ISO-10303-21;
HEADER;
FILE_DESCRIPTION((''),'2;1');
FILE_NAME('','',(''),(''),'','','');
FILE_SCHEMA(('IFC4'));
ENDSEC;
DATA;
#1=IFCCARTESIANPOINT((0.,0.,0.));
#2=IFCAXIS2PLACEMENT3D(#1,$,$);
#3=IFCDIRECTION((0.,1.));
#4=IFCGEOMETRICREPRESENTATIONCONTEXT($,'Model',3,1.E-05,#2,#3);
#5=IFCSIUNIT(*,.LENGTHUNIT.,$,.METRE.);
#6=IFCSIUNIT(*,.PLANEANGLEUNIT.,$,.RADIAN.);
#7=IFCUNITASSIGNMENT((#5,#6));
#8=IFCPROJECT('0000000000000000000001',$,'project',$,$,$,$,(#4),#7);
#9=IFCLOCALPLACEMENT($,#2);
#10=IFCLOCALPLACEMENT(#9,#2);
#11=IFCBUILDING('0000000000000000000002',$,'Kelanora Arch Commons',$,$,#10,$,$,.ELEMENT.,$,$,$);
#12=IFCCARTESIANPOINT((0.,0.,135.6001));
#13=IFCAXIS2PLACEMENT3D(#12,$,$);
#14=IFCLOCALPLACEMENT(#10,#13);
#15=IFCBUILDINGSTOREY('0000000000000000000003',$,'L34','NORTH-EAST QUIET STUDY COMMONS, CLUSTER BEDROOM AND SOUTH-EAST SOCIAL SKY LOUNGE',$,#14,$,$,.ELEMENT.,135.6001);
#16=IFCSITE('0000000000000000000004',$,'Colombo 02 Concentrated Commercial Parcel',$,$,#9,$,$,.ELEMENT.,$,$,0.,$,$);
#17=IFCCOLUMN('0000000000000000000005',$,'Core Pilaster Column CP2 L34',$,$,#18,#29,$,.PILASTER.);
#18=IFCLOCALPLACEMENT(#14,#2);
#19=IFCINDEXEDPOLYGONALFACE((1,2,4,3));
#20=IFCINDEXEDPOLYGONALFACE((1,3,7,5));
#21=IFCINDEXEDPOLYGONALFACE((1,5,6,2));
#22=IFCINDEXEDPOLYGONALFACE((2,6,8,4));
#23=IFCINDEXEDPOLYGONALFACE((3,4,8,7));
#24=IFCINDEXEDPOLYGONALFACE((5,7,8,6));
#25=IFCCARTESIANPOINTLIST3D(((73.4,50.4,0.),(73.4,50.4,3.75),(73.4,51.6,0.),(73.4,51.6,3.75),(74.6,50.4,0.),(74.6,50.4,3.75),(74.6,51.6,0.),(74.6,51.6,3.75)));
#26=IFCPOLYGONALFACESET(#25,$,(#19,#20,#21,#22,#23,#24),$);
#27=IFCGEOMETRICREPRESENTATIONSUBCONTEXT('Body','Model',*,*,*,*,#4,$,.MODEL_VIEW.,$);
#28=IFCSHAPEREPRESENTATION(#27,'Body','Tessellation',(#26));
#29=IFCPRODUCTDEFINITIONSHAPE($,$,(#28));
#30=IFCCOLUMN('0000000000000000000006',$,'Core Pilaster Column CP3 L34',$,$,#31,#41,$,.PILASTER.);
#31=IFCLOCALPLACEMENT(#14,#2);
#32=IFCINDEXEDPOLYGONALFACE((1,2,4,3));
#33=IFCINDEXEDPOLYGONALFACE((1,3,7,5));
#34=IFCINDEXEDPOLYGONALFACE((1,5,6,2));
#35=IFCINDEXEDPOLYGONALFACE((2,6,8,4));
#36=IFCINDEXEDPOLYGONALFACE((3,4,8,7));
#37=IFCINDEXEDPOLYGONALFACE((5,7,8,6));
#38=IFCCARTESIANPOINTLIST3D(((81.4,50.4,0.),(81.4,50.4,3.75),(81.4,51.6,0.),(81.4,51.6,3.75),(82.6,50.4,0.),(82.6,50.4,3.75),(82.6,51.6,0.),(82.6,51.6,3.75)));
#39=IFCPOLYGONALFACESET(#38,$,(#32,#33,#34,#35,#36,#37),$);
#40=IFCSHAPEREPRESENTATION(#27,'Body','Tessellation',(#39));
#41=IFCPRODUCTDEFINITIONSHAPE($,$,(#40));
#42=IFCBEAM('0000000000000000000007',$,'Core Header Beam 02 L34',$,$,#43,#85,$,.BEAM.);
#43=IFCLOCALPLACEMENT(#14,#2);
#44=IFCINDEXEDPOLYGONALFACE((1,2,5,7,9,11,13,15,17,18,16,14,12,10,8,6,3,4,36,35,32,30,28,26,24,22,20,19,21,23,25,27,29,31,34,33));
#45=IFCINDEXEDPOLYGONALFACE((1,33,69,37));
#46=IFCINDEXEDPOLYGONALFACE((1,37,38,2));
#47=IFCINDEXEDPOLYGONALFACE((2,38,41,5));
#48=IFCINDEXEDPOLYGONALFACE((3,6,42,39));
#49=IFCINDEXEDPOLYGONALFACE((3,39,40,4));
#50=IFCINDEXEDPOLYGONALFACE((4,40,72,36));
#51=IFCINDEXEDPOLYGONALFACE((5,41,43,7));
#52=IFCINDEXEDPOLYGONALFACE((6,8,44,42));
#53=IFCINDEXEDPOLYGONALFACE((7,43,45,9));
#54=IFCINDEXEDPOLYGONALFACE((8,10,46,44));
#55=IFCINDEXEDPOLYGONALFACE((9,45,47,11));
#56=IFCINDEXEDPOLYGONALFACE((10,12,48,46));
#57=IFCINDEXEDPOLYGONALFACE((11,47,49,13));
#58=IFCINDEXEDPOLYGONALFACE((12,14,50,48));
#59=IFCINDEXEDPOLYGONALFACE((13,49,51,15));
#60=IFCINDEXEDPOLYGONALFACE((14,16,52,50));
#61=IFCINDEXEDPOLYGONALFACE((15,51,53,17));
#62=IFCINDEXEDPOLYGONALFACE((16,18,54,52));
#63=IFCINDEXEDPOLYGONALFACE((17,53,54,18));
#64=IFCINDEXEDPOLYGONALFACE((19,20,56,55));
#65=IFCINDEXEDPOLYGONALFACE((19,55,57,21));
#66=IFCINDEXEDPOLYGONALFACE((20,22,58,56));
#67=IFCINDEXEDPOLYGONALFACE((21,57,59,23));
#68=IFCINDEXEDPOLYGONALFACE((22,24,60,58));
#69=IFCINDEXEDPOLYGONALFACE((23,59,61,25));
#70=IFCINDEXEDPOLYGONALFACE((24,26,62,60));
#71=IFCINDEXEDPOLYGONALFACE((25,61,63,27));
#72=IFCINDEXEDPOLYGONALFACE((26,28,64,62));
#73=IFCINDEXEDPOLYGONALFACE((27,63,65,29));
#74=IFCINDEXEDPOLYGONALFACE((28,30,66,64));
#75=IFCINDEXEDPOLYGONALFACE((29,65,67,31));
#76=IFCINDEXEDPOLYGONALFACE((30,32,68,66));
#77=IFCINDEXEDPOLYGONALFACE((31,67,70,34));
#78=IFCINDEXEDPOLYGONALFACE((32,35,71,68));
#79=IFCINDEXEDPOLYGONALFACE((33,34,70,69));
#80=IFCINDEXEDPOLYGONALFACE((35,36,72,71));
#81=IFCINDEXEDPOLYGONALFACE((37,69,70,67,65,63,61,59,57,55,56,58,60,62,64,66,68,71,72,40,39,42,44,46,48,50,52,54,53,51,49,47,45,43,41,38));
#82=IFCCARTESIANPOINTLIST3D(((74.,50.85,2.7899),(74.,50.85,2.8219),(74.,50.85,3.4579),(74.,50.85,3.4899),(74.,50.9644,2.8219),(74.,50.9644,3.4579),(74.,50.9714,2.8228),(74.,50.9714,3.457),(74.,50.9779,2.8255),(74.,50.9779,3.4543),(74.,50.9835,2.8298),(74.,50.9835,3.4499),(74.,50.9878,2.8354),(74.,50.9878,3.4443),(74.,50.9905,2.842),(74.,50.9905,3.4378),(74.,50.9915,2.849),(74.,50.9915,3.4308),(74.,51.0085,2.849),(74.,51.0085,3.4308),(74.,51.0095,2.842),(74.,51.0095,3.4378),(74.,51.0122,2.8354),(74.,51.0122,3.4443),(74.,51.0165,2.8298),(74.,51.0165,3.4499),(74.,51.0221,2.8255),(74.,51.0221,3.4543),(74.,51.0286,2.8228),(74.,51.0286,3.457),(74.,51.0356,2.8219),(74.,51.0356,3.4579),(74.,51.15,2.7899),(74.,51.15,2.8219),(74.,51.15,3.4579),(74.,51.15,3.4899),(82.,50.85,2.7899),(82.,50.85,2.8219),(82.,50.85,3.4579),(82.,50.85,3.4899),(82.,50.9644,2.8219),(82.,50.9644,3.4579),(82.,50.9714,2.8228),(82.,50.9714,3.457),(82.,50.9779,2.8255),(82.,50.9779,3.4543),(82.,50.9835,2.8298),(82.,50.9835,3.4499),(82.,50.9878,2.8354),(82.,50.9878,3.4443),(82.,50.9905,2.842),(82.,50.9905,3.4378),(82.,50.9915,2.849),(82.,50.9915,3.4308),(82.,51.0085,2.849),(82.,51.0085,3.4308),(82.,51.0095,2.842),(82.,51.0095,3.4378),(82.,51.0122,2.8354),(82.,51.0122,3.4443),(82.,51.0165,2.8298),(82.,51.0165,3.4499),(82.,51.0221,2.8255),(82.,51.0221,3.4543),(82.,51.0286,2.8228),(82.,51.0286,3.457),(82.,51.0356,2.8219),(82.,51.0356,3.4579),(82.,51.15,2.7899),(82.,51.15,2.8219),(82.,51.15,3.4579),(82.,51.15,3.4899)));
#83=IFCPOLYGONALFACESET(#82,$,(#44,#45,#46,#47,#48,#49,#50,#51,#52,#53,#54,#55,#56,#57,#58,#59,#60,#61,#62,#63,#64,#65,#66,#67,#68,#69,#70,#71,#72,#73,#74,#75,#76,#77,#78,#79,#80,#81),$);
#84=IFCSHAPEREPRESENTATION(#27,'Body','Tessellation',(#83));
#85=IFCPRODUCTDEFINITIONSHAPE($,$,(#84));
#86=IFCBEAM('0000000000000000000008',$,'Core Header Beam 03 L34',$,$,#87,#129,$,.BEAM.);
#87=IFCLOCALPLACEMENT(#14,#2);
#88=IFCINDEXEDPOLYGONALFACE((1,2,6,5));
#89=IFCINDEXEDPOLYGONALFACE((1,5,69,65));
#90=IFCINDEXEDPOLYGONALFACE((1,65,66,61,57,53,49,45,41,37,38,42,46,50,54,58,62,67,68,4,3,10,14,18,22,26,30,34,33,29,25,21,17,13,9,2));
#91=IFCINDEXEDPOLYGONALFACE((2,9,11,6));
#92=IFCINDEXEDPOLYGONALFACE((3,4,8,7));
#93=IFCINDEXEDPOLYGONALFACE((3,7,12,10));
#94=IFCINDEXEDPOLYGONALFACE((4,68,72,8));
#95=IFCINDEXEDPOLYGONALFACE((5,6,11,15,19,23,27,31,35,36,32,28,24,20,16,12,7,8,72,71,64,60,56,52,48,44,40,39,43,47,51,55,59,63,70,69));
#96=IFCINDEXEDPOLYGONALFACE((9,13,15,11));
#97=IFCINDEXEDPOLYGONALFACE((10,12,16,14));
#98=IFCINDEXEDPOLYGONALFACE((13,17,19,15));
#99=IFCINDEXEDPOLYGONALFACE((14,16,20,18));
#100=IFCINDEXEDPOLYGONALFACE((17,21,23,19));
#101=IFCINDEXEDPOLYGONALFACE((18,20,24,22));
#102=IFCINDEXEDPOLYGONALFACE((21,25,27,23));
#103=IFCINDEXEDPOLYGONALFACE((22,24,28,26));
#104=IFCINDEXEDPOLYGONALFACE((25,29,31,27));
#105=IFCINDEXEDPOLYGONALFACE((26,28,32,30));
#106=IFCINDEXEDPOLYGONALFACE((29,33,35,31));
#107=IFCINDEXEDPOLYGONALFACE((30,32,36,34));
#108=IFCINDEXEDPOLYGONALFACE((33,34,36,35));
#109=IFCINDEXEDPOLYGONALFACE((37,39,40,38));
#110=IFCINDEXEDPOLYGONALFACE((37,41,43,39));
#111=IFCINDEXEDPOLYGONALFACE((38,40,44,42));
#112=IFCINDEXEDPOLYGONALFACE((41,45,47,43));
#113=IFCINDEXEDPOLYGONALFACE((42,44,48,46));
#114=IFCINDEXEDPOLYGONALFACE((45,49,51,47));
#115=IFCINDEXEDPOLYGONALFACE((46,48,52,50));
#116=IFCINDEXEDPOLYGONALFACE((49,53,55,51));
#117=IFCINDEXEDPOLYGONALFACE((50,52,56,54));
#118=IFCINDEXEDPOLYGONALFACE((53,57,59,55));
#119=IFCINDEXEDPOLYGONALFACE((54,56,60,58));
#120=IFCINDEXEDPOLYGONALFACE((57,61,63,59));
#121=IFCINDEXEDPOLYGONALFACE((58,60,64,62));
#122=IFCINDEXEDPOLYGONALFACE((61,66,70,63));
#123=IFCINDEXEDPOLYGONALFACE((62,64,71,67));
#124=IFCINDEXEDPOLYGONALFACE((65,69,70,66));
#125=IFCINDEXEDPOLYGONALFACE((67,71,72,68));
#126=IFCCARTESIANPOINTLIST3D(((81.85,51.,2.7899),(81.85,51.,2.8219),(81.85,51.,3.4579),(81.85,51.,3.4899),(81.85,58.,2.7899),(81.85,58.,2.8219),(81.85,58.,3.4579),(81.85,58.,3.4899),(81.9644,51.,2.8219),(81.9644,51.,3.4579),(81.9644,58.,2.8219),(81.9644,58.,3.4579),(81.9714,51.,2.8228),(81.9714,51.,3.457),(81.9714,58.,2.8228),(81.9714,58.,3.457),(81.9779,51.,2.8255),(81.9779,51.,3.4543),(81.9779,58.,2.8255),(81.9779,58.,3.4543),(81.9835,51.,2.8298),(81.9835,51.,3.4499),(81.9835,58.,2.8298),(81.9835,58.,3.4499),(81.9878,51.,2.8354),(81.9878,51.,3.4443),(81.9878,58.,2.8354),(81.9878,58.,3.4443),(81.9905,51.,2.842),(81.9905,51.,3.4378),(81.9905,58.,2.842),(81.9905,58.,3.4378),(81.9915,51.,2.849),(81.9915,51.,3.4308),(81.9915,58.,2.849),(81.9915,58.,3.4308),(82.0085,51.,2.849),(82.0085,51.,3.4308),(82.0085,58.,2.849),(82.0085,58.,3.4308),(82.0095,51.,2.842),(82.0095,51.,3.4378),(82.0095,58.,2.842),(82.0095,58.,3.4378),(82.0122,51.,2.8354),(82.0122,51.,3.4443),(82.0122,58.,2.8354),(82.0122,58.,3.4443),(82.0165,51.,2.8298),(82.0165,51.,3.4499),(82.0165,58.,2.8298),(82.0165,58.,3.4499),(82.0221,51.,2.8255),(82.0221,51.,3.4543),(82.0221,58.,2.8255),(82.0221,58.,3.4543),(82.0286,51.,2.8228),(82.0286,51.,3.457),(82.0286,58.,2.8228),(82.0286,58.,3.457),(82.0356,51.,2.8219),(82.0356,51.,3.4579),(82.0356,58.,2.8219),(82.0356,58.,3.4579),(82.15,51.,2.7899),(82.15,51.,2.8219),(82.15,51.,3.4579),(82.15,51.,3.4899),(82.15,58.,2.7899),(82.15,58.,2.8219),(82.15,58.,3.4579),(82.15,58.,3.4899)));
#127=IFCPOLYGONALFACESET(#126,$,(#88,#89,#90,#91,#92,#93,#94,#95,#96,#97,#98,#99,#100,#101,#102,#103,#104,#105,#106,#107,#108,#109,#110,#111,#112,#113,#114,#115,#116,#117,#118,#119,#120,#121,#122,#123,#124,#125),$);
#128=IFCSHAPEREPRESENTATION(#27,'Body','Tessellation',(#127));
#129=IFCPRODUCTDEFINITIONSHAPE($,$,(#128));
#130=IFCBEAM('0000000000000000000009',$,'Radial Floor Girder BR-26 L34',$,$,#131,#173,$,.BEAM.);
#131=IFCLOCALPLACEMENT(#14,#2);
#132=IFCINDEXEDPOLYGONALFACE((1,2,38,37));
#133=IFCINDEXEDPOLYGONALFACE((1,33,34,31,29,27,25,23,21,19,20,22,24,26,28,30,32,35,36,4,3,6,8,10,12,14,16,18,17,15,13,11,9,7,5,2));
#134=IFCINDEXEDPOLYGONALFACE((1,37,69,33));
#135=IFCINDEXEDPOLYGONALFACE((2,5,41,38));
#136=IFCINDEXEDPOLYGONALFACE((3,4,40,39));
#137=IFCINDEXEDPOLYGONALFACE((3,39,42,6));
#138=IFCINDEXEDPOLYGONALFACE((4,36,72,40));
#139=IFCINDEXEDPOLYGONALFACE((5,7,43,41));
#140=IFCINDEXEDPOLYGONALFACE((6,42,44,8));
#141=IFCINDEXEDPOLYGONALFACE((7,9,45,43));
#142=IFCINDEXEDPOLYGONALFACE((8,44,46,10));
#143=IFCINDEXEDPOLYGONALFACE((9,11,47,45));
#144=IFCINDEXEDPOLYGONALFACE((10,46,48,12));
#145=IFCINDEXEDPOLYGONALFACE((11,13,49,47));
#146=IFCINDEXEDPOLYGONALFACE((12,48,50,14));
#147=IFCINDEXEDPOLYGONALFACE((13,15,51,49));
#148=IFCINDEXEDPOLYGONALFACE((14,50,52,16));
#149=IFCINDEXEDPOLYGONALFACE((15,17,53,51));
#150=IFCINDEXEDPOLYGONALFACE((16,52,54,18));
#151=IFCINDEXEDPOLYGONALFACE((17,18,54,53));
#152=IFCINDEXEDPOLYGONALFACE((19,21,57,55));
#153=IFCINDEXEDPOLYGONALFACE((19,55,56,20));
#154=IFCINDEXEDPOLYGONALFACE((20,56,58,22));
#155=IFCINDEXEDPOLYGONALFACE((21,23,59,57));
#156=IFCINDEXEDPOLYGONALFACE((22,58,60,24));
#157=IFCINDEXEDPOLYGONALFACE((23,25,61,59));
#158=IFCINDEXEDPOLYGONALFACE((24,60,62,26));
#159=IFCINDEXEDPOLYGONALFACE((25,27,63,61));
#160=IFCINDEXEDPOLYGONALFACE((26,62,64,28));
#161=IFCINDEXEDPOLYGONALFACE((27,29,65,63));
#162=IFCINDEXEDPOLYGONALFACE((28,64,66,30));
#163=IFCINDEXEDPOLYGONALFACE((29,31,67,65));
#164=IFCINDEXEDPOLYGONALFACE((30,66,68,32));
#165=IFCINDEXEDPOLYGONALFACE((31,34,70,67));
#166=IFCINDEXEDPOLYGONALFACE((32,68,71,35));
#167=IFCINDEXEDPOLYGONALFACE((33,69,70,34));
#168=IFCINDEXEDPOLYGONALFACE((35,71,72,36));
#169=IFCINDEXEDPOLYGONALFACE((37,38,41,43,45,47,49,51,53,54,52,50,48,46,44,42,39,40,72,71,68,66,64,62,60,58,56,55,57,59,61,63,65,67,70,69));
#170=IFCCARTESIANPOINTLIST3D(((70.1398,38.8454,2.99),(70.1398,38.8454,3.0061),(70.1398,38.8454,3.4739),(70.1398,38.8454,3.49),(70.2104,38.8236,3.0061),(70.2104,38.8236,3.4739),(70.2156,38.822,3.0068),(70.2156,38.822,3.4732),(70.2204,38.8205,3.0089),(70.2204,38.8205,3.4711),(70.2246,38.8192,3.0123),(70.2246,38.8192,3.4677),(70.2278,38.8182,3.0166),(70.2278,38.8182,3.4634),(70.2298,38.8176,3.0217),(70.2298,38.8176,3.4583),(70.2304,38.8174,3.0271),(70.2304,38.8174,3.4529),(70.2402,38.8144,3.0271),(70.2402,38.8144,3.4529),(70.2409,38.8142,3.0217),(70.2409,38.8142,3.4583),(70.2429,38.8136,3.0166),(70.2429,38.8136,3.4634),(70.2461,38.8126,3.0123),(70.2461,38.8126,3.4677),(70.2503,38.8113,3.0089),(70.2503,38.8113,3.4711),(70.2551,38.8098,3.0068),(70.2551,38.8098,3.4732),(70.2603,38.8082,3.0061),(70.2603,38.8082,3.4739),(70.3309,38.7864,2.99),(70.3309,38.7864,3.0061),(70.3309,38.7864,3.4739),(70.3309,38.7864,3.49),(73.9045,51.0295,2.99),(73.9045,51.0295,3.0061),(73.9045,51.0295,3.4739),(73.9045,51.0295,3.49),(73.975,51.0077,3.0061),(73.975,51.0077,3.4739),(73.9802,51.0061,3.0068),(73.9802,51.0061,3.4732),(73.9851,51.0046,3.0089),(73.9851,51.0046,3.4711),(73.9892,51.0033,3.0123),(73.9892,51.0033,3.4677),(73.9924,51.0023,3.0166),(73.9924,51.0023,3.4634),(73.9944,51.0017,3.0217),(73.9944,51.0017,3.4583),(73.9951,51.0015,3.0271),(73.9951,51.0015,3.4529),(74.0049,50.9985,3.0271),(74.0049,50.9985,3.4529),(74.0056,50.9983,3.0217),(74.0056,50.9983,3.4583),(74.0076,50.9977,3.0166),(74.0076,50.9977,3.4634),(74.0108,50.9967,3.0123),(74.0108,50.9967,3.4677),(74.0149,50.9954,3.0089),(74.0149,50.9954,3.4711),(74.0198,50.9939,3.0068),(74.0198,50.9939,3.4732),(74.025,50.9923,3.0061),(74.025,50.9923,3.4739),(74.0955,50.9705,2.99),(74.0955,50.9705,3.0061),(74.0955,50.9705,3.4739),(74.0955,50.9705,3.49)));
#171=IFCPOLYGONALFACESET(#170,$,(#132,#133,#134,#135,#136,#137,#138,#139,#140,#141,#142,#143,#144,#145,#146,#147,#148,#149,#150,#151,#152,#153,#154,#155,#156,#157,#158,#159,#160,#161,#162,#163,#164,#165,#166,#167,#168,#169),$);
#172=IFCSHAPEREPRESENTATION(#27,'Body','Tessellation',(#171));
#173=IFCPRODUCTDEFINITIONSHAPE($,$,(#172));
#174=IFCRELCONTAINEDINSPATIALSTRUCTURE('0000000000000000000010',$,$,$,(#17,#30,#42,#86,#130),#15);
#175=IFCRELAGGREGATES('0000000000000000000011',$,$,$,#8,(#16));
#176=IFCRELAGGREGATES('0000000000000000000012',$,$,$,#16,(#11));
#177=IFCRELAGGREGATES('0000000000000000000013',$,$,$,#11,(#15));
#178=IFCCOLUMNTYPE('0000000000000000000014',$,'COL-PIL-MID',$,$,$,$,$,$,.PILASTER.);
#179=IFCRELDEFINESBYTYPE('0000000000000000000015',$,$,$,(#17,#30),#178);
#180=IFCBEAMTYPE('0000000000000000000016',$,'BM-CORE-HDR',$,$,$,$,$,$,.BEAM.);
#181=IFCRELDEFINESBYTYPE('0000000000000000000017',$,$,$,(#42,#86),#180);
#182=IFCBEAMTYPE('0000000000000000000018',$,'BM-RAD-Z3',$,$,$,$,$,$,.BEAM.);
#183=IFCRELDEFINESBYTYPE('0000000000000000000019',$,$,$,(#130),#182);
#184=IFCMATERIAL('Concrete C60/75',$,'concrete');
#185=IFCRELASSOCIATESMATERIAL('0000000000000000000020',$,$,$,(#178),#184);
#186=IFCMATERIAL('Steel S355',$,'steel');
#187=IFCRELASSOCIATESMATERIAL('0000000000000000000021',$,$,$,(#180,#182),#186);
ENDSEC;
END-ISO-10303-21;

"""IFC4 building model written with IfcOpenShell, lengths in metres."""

from ifc_helpers import new_model, si_unit, direction, frame, origin, origin_2d, place, context, subcontext, project, spatial, rectangle, i_section, extrude, material, material_profile, profile_set, type_object, element, save


model = new_model("IFC4")

# Units and contexts
model_context = context("Model", 3, precision=1e-05, world=origin(), true_north=direction((0.0, 1.0)))
body_context = subcontext(model_context, "Body", "Model", "MODEL_VIEW")
ifc_project = project(units=[si_unit("LENGTHUNIT", "METRE"), si_unit("PLANEANGLEUNIT", "RADIAN")], contexts=[model_context])

# Site, building, storey
site_placement = place(None, origin())
site = spatial("IfcSite", under=ifc_project, at=site_placement, Name="Colombo 02 Concentrated Commercial Parcel", CompositionType="ELEMENT", RefElevation=0.0)
building_placement = place(site_placement, origin())
building = spatial("IfcBuilding", under=site, at=building_placement, Name="Kelanora Arch Commons", CompositionType="ELEMENT")
storey_placement = place(building_placement, frame((0.0, 0.0, 135.6001)))
storey = spatial("IfcBuildingStorey", under=building, at=storey_placement, Name="L34", Description="NORTH-EAST QUIET STUDY COMMONS, CLUSTER BEDROOM AND SOUTH-EAST SOCIAL SKY LOUNGE", CompositionType="ELEMENT", Elevation=135.6001)

# Columns
ifc_material_1 = material(Name="Concrete C60/75", Category="concrete")
ifc_material_profile_1 = material_profile(ifc_material_1, rectangle(XDim=1.2, YDim=1.2, at=origin_2d()), Name="RC1200x1200")
ifc_profile_set_1 = profile_set([ifc_material_profile_1], Name="Concrete C60/75")
column_type = type_object("IfcColumnType", Name="COL-PIL-MID", PredefinedType="PILASTER", material=ifc_profile_set_1)
for number, where, z_axis, x_axis, name in (
    (1, (74.0, 51.0, 0.0), (0.0, 0.0, 1.0), (1.0, 0.0, 0.0), "Core Pilaster Column CP2 L34"),
    (2, (82.0, 51.0, 0.0), (0.0, 0.0, 1.0), (1.0, 0.0, 0.0), "Core Pilaster Column CP3 L34"),
):
    element("IfcColumn", number, at=place(storey_placement, frame(where, z_axis=z_axis, x_axis=x_axis)), inside=storey, type_object=column_type, Name=name, PredefinedType="PILASTER", context=body_context, shape_type="SweptSolid", body=[
        extrude(rectangle(XDim=1.2, YDim=1.2, at=origin_2d()), origin(), (0.0, 0.0, 1.0), 3.75),
    ])

# Beams
ifc_material_2 = material(Name="Steel S355", Category="steel")
ifc_material_profile_2 = material_profile(ifc_material_2, i_section(OverallWidth=0.3, OverallDepth=0.7, WebThickness=0.0171, FlangeThickness=0.032, FilletRadius=0.0271, at=origin_2d()), Name="HEB700")
ifc_profile_set_2 = profile_set([ifc_material_profile_2], Name="Steel S355")
beam_type_1 = type_object("IfcBeamType", Name="BM-CORE-HDR", PredefinedType="BEAM", material=ifc_profile_set_2)
beam_1_placement = place(storey_placement, frame((74.0, 51.0, 3.1399), z_axis=(1.0, 0.0, 0.0), x_axis=(0.0, 1.0, 0.0)))
element("IfcBeam", 3, at=beam_1_placement, inside=storey, type_object=beam_type_1, Name="Core Header Beam 02 L34", PredefinedType="BEAM", context=body_context, shape_type="SweptSolid", body=[
    extrude(i_section(OverallWidth=0.3, OverallDepth=0.7, WebThickness=0.0171, FlangeThickness=0.032, FilletRadius=0.0271, at=origin_2d()), origin(), (0.0, 0.0, 1.0), 8.0),
])
beam_2_placement = place(storey_placement, frame((82.0, 51.0, 3.1399), z_axis=(0.0, 1.0, 0.0), x_axis=(-1.0, 0.0, 0.0)))
element("IfcBeam", 4, at=beam_2_placement, inside=storey, type_object=beam_type_1, Name="Core Header Beam 03 L34", PredefinedType="BEAM", context=body_context, shape_type="SweptSolid", body=[
    extrude(i_section(OverallWidth=0.3, OverallDepth=0.7, WebThickness=0.0171, FlangeThickness=0.032, FilletRadius=0.0271, at=origin_2d()), origin(), (0.0, 0.0, 1.0), 7.0),
])
ifc_material_profile_3 = material_profile(ifc_material_2, i_section(OverallWidth=0.2, OverallDepth=0.5, WebThickness=0.0103, FlangeThickness=0.0161, FilletRadius=0.021, at=origin_2d()), Name="IPE500")
ifc_profile_set_3 = profile_set([ifc_material_profile_3], Name="Steel S355")
beam_type_2 = type_object("IfcBeamType", Name="BM-RAD-Z3", PredefinedType="BEAM", material=ifc_profile_set_3)
for number, where, z_axis, x_axis, name in (
    (5, (74.0, 51.0, 3.24), (-0.29521, -0.955432, 0.0), (0.955432, -0.29521, 0.0), "Radial Floor Girder BR-26 L34"),
):
    element("IfcBeam", number, at=place(storey_placement, frame(where, z_axis=z_axis, x_axis=x_axis)), inside=storey, type_object=beam_type_2, Name=name, PredefinedType="BEAM", context=body_context, shape_type="SweptSolid", body=[
        extrude(i_section(OverallWidth=0.2, OverallDepth=0.5, WebThickness=0.0103, FlangeThickness=0.0161, FilletRadius=0.021, at=origin_2d()), origin(), (0.0, 0.0, 1.0), 12.7524),
    ])

save(model, "model.ifc")
